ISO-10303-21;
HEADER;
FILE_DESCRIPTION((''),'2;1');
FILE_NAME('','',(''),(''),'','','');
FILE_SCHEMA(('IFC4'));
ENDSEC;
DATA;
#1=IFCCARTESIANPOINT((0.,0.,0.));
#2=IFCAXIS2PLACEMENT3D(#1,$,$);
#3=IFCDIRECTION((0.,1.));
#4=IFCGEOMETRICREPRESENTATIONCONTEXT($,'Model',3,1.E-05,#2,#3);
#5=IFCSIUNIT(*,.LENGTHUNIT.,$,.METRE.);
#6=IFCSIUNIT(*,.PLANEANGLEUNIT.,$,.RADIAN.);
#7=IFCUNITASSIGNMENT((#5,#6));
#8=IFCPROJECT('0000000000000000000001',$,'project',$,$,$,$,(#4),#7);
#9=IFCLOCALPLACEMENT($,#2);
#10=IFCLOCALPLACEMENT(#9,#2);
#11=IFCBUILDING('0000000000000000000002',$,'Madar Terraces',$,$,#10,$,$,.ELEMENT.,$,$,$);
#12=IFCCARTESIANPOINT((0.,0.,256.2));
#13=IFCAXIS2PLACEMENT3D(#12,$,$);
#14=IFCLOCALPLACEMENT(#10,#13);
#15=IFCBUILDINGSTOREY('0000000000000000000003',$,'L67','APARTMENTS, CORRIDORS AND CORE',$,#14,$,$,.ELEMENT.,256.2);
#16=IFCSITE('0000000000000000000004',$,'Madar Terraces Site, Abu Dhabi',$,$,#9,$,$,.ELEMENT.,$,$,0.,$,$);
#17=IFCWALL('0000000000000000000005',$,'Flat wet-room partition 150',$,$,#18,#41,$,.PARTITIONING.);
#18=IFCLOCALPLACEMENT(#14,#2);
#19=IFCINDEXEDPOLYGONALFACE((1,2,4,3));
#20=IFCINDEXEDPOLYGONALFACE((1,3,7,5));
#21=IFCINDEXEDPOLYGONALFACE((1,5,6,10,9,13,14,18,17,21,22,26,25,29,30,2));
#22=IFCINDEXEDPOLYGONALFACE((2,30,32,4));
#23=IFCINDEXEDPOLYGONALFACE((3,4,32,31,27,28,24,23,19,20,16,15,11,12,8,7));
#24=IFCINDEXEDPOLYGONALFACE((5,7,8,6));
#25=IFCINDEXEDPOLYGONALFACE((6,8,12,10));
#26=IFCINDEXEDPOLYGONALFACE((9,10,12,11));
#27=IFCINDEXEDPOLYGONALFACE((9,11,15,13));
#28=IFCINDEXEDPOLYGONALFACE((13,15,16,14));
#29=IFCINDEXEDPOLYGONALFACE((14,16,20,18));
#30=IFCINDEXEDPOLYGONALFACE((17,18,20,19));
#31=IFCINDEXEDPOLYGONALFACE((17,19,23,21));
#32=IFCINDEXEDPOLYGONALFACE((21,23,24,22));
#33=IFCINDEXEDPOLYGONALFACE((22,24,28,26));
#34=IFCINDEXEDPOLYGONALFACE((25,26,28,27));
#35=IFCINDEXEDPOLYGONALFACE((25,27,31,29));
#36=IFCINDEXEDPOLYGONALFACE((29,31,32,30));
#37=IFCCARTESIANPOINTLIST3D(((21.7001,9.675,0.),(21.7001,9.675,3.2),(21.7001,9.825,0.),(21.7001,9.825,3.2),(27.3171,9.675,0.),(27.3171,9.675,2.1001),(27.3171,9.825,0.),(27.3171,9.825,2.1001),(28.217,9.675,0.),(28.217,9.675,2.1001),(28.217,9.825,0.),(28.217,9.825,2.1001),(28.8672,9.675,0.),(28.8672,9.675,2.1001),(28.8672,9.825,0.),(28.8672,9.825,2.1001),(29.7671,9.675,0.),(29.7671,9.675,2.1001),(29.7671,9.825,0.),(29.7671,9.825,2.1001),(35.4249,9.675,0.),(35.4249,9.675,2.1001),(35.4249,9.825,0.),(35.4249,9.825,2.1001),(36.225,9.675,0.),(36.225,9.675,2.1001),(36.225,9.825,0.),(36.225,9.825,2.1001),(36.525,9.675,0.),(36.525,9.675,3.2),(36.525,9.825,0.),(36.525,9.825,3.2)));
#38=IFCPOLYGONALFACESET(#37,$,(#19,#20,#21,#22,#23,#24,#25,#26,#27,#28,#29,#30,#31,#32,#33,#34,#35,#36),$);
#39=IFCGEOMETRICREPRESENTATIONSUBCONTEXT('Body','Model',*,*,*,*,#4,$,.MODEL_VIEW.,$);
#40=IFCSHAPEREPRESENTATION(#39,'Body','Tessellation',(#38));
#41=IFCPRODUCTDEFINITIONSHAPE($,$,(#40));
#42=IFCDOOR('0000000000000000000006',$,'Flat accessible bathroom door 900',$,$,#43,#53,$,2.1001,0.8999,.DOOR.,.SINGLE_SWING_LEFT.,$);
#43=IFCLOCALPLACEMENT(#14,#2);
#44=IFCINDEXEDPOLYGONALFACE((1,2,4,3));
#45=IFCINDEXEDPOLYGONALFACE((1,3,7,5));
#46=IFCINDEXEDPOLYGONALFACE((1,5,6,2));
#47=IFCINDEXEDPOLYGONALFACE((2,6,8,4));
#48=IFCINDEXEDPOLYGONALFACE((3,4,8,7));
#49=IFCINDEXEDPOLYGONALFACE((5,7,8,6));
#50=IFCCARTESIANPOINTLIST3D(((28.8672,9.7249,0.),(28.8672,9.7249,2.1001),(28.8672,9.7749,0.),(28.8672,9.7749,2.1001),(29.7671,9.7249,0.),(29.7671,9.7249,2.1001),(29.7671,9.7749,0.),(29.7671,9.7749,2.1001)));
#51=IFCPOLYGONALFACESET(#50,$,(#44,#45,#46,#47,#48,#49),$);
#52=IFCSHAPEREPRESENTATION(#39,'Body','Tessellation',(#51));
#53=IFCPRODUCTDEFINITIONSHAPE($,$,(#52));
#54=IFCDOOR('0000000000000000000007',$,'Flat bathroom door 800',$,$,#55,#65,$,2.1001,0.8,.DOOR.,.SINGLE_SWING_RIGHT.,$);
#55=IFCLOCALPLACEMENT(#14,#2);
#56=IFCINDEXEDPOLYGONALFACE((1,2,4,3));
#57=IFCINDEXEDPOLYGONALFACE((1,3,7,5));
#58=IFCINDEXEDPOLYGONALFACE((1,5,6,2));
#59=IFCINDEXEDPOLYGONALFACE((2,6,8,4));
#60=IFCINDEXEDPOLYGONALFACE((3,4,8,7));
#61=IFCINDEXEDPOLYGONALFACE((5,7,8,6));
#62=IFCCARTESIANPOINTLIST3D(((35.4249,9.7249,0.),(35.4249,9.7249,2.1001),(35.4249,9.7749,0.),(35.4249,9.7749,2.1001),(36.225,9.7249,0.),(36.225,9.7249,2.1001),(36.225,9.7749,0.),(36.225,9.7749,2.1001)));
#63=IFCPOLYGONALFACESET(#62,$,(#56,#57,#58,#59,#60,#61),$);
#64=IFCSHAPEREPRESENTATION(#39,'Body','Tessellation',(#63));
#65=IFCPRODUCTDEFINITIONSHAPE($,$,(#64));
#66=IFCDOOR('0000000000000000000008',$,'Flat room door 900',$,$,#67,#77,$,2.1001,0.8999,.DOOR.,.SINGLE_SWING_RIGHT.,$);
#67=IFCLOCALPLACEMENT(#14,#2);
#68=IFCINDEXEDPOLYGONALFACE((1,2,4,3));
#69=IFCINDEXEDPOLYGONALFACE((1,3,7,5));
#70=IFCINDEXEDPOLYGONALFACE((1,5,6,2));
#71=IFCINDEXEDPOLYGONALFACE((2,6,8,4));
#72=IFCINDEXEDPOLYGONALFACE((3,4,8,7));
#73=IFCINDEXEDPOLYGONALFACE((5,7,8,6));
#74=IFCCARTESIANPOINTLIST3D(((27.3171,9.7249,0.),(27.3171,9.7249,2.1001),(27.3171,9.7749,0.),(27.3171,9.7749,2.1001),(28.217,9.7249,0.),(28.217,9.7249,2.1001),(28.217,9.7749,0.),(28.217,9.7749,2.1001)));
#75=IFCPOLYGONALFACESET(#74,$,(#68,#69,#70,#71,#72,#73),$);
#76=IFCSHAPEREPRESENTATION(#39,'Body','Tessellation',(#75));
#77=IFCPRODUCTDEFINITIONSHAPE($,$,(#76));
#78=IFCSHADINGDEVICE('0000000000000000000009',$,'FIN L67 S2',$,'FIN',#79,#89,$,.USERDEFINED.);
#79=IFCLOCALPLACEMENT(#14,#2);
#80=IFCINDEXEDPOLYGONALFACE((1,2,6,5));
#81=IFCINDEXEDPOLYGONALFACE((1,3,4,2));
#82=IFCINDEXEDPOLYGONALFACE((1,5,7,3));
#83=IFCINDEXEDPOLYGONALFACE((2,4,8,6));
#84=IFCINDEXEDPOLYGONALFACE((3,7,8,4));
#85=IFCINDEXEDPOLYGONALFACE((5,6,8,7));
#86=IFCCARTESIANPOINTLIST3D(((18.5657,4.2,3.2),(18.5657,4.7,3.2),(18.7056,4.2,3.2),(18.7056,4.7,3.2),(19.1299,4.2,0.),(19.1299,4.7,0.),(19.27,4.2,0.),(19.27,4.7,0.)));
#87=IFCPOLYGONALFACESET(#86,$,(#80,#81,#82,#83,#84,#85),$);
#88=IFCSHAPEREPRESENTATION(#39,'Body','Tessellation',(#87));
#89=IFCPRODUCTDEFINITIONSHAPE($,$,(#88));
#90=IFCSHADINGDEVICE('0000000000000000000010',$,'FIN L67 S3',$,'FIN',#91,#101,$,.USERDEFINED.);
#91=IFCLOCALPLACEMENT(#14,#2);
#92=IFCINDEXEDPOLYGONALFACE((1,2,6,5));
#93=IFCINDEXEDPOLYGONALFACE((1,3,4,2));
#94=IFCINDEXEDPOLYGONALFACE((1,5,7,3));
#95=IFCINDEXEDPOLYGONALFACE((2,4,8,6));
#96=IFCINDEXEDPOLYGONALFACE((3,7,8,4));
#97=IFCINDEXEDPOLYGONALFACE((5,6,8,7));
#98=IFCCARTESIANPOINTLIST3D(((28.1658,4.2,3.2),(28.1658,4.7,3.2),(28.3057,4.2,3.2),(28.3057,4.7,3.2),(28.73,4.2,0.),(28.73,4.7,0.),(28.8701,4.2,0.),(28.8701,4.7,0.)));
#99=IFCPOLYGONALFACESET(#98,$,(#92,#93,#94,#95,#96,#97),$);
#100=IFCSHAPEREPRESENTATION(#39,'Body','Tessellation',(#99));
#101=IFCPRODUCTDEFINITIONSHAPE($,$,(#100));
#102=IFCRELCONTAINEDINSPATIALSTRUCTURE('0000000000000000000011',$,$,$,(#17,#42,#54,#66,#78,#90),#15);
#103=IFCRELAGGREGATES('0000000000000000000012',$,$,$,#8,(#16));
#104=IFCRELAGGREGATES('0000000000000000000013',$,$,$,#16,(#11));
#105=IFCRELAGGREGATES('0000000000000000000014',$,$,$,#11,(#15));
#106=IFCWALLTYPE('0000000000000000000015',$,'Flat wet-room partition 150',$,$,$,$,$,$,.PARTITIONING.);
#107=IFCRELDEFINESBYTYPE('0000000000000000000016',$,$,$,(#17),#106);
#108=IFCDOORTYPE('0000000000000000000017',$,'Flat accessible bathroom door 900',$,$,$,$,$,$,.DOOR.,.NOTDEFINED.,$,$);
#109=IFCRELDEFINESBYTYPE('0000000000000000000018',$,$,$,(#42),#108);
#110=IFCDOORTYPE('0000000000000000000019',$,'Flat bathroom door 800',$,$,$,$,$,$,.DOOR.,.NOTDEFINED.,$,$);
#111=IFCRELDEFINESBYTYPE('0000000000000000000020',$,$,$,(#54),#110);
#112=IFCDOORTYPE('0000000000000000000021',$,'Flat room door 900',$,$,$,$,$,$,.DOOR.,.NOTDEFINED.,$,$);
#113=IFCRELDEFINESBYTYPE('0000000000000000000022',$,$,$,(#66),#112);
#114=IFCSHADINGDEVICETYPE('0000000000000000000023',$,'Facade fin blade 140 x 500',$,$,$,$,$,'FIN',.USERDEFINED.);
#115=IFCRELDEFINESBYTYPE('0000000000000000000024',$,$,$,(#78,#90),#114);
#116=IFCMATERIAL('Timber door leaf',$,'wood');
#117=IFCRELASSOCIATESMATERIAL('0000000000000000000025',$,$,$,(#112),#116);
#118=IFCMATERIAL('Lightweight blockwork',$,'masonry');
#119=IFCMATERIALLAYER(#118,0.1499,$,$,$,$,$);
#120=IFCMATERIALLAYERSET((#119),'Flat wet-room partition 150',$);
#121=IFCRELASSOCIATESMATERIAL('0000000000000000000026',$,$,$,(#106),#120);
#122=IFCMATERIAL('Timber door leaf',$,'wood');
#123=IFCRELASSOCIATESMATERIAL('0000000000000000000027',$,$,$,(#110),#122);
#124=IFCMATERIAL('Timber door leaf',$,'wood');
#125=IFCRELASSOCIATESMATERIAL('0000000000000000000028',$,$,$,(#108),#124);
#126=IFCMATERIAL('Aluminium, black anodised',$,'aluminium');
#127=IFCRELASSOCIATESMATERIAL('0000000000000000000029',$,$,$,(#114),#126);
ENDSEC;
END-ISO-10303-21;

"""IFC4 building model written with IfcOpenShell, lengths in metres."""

from ifc_helpers import new_model, si_unit, direction, frame, frame_2d, origin, place, context, subcontext, project, spatial, polyline, rectangle, outline, extrude, material, layer, layer_set, type_object, element, fill, save


model = new_model("IFC4")

# Units and contexts
model_context = context("Model", 3, precision=1e-05, world=origin(), true_north=direction((0.0, 1.0)))
body_context = subcontext(model_context, "Body", "Model", "MODEL_VIEW")
ifc_project = project(units=[si_unit("LENGTHUNIT", "METRE"), si_unit("PLANEANGLEUNIT", "RADIAN")], contexts=[model_context])

# Site, building, storey
site_placement = place(None, origin())
site = spatial("IfcSite", under=ifc_project, at=site_placement, Name="Madar Terraces Site, Abu Dhabi", CompositionType="ELEMENT", RefElevation=0.0)
building_placement = place(site_placement, origin())
building = spatial("IfcBuilding", under=site, at=building_placement, Name="Madar Terraces", CompositionType="ELEMENT")
storey_placement = place(building_placement, frame((0.0, 0.0, 256.2)))
storey = spatial("IfcBuildingStorey", under=building, at=storey_placement, Name="L67", Description="APARTMENTS, CORRIDORS AND CORE", CompositionType="ELEMENT", Elevation=256.2)

# Shared definitions
ifc_material_1 = material(Name="Timber door leaf", Category="wood")
door_type_1 = type_object("IfcDoorType", Name="Flat room door 900", OperationType="NOTDEFINED", PredefinedType="DOOR", material=ifc_material_1)

# Shared definitions
ifc_material_2 = material(Name="Lightweight blockwork", Category="masonry")
ifc_layer_1 = layer(ifc_material_2, 0.1499)
ifc_layer_set_1 = layer_set([ifc_layer_1], Name="Flat wet-room partition 150")
wall_type_1 = type_object("IfcWallType", Name="Flat wet-room partition 150", PredefinedType="PARTITIONING", material=ifc_layer_set_1)

# Shared definitions
ifc_material_3 = material(Name="Timber door leaf", Category="wood")
door_type_2 = type_object("IfcDoorType", Name="Flat bathroom door 800", OperationType="NOTDEFINED", PredefinedType="DOOR", material=ifc_material_3)

# Wall, openings, doors
wall_1_placement = place(storey_placement, frame((21.7, 9.75, 0.0), z_axis=(0.0, 0.0, 1.0), x_axis=(1.0, 0.0, 0.0)))
wall_1 = element("IfcWall", 1, at=wall_1_placement, inside=storey, type_object=wall_type_1, Name="Flat wet-room partition 150", PredefinedType="PARTITIONING", context=body_context, shape_type="SweptSolid", body=[
    extrude(rectangle(XDim=14.825, YDim=0.1499, at=frame_2d((7.4126, 0.0))), origin(), (0.0, 0.0, 1.0), 3.2),
])
opening_1_placement = place(wall_1_placement, frame((13.7251, 0.0, 0.0)))
opening_1 = element("IfcOpeningElement", 2, at=opening_1_placement, cuts=wall_1, PredefinedType="OPENING", context=body_context, shape_type="SweptSolid", body=[
    extrude(rectangle(XDim=0.8, YDim=2.1001, at=frame_2d((0.3999, 1.05))), frame((0.0, 0.085, 0.0), z_axis=(0.0, -1.0, 0.0), x_axis=(1.0, 0.0, 0.0)), (0.0, 0.0, 1.0), 0.1699),
])
opening_2_placement = place(wall_1_placement, frame((7.1672, 0.0, 0.0)))
opening_2 = element("IfcOpeningElement", 3, at=opening_2_placement, cuts=wall_1, PredefinedType="OPENING", context=body_context, shape_type="SweptSolid", body=[
    extrude(rectangle(XDim=0.8999, YDim=2.1001, at=frame_2d((0.45, 1.05))), frame((0.0, 0.085, 0.0), z_axis=(0.0, -1.0, 0.0), x_axis=(1.0, 0.0, 0.0)), (0.0, 0.0, 1.0), 0.1699),
])
opening_3_placement = place(wall_1_placement, frame((5.6172, 0.0, 0.0)))
opening_3 = element("IfcOpeningElement", 4, at=opening_3_placement, cuts=wall_1, PredefinedType="OPENING", context=body_context, shape_type="SweptSolid", body=[
    extrude(rectangle(XDim=0.8999, YDim=2.1001, at=frame_2d((0.45, 1.05))), frame((0.0, 0.085, 0.0), z_axis=(0.0, -1.0, 0.0), x_axis=(1.0, 0.0, 0.0)), (0.0, 0.0, 1.0), 0.1699),
])
ifc_material_4 = material(Name="Timber door leaf", Category="wood")
door_type_3 = type_object("IfcDoorType", Name="Flat accessible bathroom door 900", OperationType="NOTDEFINED", PredefinedType="DOOR", material=ifc_material_4)
door_1_placement = place(opening_2_placement, origin())
door_1 = element("IfcDoor", 5, at=door_1_placement, inside=storey, type_object=door_type_3, Name="Flat accessible bathroom door 900", OperationType="SINGLE_SWING_LEFT", OverallHeight=2.1001, OverallWidth=0.8999, PredefinedType="DOOR", context=body_context, shape_type="SweptSolid", body=[
    extrude(rectangle(XDim=0.8999, YDim=2.1001, at=frame_2d((0.45, 1.05))), frame((0.0, 0.0249, 0.0), z_axis=(0.0, -1.0, 0.0), x_axis=(1.0, 0.0, 0.0)), (0.0, 0.0, 1.0), 0.05),
])
fill(opening_2, door_1)
door_2_placement = place(opening_1_placement, origin())
door_2 = element("IfcDoor", 6, at=door_2_placement, inside=storey, type_object=door_type_2, Name="Flat bathroom door 800", OperationType="SINGLE_SWING_RIGHT", OverallHeight=2.1001, OverallWidth=0.8, PredefinedType="DOOR", context=body_context, shape_type="SweptSolid", body=[
    extrude(rectangle(XDim=0.8, YDim=2.1001, at=frame_2d((0.3999, 1.05))), frame((0.0, 0.0249, 0.0), z_axis=(0.0, -1.0, 0.0), x_axis=(1.0, 0.0, 0.0)), (0.0, 0.0, 1.0), 0.05),
])
fill(opening_1, door_2)
door_3_placement = place(opening_3_placement, origin())
door_3 = element("IfcDoor", 7, at=door_3_placement, inside=storey, type_object=door_type_1, Name="Flat room door 900", OperationType="SINGLE_SWING_RIGHT", OverallHeight=2.1001, OverallWidth=0.8999, PredefinedType="DOOR", context=body_context, shape_type="SweptSolid", body=[
    extrude(rectangle(XDim=0.8999, YDim=2.1001, at=frame_2d((0.45, 1.05))), frame((0.0, 0.0249, 0.0), z_axis=(0.0, -1.0, 0.0), x_axis=(1.0, 0.0, 0.0)), (0.0, 0.0, 1.0), 0.05),
])
fill(opening_3, door_3)

# Shading devices
ifc_material_5 = material(Name="Aluminium, black anodised", Category="aluminium")
shading_device_type = type_object("IfcShadingDeviceType", Name="Facade fin blade 140 x 500", ElementType="FIN", PredefinedType="USERDEFINED", material=ifc_material_5)
for number, where, z_axis, x_axis, name in (
    (8, (19.1299, 4.45, 0.0), (0.0, 0.0, 1.0), (1.0, 0.0, 0.0), "FIN L67 S2"),
    (9, (28.73, 4.45, 0.0), (0.0, 0.0, 1.0), (1.0, 0.0, 0.0), "FIN L67 S3"),
):
    element("IfcShadingDevice", number, at=place(storey_placement, frame(where, z_axis=z_axis, x_axis=x_axis)), inside=storey, type_object=shading_device_type, Name=name, ObjectType="FIN", PredefinedType="USERDEFINED", context=body_context, shape_type="SweptSolid", body=[
        extrude(outline(polyline([(0.0, 0.0), (0.1401, 0.0), (-0.4243, 3.2), (-0.5642, 3.2), (0.0, 0.0)])), frame((0.0, 0.25, 0.0), z_axis=(0.0, -1.0, 0.0), x_axis=(1.0, 0.0, 0.0)), (0.0, 0.0, 1.0), 0.5),
    ])

save(model, "model.ifc")
